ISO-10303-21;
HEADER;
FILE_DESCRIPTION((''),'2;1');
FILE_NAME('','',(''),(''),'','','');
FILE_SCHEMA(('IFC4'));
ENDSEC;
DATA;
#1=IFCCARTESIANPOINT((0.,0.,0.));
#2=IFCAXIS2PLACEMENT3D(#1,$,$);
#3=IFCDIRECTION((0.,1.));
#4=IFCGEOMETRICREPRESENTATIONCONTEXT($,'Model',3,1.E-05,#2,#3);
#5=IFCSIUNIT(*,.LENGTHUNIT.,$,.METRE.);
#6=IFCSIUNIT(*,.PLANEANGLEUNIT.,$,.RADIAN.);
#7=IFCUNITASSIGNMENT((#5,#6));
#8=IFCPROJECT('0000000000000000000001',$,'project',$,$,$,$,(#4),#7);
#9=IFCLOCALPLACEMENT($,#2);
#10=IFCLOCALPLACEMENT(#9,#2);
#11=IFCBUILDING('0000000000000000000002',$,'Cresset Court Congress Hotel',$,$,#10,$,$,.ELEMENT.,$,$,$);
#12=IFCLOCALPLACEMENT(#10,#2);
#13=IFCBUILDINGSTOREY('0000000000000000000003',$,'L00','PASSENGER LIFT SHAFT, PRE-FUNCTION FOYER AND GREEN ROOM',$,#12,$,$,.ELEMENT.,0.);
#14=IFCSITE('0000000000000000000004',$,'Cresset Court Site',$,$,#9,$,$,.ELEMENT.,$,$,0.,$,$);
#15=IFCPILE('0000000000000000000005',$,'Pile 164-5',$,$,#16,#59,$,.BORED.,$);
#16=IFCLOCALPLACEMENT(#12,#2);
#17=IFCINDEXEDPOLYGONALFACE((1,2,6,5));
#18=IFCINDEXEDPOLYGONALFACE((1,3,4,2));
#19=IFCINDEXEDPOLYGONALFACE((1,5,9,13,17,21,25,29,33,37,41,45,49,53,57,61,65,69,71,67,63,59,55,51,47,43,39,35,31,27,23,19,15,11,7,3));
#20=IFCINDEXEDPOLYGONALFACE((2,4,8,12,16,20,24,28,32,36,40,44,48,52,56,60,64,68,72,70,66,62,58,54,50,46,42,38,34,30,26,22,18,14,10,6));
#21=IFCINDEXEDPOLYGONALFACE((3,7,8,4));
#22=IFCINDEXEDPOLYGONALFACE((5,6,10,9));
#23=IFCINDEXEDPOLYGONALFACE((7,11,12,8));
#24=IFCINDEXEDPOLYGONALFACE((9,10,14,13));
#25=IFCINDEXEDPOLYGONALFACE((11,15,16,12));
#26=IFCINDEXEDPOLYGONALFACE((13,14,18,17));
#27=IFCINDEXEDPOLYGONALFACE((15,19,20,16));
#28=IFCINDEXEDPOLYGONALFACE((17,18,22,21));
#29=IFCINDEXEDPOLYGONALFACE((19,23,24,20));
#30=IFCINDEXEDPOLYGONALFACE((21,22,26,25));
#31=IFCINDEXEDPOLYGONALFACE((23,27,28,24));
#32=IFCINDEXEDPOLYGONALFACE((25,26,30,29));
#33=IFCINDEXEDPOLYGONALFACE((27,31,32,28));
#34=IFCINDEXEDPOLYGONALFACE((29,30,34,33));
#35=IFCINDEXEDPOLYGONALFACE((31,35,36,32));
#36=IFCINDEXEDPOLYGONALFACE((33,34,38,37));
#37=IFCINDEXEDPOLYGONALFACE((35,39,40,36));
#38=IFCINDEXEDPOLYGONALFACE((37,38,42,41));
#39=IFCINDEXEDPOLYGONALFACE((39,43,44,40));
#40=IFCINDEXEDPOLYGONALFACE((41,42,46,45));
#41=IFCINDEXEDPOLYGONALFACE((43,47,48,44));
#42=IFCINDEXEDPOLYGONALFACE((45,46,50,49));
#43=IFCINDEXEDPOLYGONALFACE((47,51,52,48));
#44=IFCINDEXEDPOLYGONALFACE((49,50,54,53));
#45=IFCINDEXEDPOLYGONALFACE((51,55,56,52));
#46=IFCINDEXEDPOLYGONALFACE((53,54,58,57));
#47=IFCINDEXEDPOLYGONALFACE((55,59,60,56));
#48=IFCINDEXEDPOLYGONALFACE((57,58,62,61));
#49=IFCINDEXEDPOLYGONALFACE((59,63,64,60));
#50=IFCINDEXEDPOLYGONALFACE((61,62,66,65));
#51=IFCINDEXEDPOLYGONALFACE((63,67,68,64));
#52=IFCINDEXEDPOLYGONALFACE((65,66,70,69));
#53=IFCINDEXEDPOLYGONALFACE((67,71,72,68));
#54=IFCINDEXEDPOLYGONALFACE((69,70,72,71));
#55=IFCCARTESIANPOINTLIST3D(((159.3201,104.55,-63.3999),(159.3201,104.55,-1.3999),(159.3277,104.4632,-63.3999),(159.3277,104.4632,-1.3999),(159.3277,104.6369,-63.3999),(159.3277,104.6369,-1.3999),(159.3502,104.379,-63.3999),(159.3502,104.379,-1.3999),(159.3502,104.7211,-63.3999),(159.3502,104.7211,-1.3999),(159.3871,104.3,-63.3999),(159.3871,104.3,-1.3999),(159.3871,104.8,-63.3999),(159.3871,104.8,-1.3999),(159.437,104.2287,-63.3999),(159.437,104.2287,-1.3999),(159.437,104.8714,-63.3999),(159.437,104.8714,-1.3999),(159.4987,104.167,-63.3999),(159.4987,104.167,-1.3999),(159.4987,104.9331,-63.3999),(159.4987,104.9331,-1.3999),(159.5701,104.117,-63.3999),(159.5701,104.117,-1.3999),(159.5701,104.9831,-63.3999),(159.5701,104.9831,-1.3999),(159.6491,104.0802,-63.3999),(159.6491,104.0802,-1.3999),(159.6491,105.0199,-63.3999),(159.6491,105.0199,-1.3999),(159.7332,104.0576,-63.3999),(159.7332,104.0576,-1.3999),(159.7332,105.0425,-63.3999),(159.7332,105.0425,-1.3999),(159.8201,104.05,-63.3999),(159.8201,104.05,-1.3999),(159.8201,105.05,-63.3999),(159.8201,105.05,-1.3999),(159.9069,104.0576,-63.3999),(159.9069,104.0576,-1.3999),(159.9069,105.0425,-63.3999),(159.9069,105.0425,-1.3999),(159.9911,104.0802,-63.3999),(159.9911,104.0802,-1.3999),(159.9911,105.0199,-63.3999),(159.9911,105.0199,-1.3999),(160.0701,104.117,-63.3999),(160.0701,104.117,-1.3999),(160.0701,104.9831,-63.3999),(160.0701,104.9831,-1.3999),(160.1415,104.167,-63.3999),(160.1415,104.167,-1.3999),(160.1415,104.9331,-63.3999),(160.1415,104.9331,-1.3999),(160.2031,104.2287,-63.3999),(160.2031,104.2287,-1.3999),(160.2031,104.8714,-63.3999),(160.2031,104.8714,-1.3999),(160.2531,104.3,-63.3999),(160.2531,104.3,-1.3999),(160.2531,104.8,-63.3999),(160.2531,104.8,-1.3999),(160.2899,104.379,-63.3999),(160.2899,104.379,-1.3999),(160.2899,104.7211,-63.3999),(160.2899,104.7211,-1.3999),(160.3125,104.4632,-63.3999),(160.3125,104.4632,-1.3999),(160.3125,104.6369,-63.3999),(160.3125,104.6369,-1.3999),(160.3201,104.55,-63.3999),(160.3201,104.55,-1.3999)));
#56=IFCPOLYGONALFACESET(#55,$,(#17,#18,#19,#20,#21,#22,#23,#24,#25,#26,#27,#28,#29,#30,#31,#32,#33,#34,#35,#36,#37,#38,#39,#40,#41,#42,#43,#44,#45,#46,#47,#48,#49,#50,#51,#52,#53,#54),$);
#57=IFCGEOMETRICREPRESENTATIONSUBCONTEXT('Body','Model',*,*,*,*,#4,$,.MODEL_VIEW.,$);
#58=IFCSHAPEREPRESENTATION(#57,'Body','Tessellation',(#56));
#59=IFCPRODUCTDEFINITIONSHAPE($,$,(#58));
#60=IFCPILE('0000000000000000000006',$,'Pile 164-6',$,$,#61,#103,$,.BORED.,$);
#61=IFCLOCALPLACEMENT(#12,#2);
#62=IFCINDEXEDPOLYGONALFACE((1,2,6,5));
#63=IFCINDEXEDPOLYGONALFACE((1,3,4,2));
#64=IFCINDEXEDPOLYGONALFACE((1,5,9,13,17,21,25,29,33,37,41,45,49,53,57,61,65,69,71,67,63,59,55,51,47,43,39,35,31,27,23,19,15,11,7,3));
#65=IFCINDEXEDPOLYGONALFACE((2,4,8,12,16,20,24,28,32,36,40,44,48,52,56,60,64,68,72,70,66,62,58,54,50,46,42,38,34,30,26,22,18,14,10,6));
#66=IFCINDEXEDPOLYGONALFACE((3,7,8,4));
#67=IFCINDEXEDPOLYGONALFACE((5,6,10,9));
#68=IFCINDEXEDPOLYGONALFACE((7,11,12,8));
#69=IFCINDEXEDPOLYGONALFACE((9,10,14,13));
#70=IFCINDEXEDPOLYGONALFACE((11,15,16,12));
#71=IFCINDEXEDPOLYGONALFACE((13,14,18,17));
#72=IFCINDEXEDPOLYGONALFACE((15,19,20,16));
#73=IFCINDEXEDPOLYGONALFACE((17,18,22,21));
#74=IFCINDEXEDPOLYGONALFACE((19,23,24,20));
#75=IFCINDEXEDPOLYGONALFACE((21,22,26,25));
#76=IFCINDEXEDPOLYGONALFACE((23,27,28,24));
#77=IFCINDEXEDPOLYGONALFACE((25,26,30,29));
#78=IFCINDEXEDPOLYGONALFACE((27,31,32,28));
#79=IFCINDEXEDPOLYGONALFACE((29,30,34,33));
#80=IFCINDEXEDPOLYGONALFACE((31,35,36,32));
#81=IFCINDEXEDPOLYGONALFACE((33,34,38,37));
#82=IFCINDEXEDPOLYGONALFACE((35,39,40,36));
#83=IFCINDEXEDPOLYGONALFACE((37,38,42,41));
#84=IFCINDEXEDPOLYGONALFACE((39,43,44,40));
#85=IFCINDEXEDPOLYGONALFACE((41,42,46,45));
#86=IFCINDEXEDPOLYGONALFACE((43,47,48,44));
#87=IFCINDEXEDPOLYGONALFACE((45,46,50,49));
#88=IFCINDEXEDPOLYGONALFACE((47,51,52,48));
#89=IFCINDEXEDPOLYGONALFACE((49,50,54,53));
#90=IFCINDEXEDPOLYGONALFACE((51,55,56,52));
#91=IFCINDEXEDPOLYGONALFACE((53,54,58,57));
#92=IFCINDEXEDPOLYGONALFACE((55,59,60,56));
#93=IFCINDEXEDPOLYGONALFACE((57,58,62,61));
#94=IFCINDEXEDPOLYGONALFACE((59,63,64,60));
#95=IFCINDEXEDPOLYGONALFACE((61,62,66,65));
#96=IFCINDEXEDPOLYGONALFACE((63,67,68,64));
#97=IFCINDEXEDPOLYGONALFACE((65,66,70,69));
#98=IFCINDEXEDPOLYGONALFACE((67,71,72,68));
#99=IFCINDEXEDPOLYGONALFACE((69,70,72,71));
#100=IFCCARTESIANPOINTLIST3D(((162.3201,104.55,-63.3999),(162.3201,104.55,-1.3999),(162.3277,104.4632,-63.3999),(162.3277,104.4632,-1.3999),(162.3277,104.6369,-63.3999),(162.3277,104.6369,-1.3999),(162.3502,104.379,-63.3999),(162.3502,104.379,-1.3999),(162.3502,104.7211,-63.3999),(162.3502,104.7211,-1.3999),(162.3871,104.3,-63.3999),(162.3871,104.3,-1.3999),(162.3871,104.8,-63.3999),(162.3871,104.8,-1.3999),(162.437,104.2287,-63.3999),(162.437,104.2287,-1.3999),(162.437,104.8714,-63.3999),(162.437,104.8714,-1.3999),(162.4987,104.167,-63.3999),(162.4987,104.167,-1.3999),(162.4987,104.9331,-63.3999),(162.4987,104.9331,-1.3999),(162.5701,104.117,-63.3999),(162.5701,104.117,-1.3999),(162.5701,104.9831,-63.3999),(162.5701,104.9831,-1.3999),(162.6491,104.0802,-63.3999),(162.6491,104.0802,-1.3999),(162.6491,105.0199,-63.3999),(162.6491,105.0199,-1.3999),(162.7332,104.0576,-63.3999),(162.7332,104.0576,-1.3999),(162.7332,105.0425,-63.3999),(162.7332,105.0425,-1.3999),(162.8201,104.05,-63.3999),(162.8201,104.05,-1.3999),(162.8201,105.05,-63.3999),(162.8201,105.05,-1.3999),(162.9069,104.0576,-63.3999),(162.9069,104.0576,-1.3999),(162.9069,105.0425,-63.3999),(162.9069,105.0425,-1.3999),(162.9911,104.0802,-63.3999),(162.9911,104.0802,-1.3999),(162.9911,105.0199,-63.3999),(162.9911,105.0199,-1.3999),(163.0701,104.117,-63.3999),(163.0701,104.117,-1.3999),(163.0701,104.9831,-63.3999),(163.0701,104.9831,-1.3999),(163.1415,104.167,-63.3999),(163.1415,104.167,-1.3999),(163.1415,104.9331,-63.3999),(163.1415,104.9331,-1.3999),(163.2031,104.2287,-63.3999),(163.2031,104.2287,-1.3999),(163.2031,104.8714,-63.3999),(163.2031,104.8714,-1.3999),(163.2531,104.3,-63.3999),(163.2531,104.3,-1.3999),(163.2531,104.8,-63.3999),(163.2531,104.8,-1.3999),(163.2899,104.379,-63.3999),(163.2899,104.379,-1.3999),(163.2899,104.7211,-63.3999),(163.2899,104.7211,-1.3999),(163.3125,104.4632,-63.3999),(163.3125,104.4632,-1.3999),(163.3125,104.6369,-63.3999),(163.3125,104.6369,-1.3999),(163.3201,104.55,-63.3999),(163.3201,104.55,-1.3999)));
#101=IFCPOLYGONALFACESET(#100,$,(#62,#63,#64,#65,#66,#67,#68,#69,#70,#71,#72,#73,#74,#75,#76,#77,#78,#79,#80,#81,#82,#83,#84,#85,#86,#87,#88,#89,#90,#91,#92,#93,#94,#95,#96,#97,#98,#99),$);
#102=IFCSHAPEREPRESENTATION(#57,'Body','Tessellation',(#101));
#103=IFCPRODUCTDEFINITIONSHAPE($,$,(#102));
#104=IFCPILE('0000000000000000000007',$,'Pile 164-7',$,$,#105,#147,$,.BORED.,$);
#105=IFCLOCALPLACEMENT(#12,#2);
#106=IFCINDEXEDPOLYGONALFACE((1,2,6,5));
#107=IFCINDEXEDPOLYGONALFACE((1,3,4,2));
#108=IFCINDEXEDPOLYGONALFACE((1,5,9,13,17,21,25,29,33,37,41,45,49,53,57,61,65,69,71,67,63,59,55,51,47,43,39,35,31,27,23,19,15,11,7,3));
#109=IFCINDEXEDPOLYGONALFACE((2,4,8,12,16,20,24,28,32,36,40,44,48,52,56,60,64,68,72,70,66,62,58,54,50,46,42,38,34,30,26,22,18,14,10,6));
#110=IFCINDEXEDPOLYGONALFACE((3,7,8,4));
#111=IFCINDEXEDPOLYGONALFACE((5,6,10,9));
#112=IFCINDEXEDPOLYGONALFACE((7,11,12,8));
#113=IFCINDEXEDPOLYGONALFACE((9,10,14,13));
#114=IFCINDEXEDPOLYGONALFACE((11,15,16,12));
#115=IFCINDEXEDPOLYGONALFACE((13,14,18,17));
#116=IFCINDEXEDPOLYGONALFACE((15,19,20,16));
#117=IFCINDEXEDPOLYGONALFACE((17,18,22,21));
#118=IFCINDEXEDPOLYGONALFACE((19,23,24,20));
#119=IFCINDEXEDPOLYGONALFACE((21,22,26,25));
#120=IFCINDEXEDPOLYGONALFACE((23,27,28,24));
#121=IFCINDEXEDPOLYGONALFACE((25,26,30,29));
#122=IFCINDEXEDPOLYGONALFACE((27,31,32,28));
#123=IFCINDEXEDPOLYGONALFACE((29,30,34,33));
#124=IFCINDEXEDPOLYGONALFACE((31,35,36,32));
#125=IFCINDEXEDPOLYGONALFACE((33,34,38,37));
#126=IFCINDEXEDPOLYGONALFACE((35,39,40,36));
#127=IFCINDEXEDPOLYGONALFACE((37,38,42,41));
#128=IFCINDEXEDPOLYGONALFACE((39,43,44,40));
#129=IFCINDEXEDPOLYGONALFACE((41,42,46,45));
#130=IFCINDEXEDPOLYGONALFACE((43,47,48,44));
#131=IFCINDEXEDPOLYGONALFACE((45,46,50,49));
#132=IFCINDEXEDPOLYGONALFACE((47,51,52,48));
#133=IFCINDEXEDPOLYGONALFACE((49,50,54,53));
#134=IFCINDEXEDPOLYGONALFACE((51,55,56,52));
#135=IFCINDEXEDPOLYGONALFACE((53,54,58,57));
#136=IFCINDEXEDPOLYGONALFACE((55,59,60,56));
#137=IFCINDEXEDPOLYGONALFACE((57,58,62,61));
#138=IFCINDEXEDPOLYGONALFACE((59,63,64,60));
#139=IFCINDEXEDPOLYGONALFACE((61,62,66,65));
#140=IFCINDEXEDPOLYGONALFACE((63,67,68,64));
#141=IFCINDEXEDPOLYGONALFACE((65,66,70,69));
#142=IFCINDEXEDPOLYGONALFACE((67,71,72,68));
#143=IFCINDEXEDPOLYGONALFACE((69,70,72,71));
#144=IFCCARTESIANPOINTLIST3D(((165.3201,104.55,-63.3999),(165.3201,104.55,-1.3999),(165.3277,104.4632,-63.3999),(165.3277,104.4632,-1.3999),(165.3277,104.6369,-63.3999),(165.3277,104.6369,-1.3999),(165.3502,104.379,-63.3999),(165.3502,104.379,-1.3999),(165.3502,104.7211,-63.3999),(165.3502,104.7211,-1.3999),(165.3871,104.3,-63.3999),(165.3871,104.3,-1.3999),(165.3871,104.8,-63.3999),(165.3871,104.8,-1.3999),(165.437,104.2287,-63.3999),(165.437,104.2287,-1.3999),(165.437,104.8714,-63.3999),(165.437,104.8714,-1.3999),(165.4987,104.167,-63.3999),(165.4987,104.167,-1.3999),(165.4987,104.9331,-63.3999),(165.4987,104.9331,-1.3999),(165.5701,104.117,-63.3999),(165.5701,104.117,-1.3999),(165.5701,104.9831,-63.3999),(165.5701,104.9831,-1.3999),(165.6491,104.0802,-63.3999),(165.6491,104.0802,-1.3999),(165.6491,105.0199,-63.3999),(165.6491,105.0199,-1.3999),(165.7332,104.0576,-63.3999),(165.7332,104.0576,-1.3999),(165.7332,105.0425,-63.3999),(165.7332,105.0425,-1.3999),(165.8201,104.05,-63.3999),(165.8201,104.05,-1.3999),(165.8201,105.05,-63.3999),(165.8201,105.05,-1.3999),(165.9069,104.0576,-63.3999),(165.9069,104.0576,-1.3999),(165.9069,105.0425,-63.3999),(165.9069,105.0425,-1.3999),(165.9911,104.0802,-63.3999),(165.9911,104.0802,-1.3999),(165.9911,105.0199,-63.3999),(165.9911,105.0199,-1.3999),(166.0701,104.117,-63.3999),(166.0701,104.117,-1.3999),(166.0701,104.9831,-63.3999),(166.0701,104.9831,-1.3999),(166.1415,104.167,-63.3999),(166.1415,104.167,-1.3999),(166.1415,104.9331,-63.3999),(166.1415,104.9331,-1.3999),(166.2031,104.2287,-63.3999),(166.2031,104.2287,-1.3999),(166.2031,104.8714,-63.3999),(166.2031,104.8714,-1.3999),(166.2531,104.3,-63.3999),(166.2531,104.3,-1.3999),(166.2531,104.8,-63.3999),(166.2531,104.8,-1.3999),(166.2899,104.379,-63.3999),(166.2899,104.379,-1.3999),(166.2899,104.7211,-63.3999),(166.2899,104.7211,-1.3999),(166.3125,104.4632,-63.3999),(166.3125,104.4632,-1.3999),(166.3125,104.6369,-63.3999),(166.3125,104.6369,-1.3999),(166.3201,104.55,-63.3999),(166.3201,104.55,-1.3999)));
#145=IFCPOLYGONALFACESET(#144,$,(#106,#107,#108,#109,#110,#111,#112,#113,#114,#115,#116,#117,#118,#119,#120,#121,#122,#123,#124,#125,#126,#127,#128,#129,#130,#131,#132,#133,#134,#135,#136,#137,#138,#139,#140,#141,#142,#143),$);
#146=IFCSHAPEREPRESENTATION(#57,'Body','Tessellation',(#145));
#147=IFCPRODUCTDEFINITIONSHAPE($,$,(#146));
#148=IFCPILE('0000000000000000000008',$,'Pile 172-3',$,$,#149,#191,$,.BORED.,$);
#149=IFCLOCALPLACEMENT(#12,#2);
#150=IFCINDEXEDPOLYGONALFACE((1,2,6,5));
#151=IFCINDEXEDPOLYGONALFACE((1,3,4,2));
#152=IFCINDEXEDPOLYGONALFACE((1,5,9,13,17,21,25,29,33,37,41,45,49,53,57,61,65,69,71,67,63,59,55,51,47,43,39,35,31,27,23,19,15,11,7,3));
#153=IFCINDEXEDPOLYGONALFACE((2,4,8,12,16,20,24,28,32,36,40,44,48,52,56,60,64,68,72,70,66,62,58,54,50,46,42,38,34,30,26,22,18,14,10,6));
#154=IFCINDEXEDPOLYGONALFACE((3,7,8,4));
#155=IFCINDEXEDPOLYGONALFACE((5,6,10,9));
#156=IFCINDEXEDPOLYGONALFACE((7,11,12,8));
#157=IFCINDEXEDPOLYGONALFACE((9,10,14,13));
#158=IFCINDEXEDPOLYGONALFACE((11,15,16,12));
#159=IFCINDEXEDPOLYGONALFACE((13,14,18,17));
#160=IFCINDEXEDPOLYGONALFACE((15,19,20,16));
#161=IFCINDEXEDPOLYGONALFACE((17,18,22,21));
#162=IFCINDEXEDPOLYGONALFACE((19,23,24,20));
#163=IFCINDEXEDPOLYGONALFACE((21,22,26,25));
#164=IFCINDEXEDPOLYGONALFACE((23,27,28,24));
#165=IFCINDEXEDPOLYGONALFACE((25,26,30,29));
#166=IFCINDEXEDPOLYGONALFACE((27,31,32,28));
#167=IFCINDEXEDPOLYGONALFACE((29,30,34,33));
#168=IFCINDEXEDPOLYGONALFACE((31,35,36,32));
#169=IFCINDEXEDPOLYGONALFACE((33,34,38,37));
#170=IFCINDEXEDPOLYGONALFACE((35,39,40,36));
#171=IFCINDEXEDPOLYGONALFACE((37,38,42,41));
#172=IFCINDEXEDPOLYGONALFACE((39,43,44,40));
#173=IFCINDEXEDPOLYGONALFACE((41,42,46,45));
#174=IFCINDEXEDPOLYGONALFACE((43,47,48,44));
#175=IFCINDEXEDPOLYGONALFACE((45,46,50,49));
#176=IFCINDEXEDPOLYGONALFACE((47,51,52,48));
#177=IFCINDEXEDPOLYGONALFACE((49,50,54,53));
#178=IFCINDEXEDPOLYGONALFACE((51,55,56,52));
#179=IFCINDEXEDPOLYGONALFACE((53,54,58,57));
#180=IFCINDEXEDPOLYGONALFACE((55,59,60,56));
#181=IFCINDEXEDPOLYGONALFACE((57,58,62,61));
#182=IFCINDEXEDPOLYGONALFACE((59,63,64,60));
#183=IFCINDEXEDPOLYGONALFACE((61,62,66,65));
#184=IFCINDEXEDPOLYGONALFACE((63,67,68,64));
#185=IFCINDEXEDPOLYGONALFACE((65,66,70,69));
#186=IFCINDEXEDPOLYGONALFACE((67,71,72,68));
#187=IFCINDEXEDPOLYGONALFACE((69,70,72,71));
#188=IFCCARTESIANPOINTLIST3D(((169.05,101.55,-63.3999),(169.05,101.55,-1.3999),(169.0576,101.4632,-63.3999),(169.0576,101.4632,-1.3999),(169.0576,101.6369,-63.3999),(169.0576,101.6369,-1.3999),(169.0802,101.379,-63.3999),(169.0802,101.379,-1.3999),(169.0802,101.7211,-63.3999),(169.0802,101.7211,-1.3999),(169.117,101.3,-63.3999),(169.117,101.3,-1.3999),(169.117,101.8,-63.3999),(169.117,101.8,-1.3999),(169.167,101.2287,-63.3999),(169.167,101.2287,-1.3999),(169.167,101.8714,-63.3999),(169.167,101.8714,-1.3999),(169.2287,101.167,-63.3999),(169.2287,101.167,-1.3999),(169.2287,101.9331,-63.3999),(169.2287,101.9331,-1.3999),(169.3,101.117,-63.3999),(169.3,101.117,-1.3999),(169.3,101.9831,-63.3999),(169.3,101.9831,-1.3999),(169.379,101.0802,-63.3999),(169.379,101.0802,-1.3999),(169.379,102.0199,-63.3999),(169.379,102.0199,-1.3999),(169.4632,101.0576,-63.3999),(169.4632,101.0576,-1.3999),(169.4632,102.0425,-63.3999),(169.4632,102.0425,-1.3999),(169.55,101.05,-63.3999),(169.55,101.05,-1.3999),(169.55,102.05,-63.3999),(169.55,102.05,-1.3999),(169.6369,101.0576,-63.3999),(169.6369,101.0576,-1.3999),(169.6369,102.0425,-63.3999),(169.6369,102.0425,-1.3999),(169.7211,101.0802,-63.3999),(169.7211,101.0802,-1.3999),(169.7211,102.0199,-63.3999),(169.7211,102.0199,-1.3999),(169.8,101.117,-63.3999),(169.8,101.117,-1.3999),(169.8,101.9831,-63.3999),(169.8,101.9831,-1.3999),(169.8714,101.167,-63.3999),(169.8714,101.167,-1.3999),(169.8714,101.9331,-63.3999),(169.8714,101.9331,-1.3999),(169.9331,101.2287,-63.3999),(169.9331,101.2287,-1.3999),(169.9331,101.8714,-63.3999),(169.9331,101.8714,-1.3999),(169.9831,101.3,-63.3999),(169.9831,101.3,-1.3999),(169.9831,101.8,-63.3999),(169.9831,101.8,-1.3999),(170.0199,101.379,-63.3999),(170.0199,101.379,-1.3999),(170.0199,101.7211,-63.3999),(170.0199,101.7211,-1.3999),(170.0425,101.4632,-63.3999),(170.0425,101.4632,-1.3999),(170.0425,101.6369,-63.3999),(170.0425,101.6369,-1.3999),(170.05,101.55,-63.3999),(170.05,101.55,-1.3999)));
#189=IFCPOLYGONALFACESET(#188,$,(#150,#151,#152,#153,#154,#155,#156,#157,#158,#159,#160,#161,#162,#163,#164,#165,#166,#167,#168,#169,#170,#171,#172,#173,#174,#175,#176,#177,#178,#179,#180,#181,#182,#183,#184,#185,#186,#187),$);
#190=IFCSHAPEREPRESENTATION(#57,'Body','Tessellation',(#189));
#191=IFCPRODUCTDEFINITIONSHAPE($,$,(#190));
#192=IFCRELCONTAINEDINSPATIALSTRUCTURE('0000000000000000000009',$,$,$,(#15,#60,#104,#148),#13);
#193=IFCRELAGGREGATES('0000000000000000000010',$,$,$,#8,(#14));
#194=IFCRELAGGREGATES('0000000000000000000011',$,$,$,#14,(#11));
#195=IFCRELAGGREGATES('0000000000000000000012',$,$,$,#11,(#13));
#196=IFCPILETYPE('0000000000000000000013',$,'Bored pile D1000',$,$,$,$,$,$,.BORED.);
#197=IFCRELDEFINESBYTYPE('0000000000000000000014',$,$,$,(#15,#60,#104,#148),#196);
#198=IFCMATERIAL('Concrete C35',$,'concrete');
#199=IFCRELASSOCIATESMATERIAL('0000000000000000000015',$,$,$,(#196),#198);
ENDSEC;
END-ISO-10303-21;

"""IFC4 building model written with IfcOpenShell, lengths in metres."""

from ifc_helpers import new_model, si_unit, direction, frame, origin, origin_2d, place, context, subcontext, project, spatial, circle, extrude, material, type_object, element, save


model = new_model("IFC4")

# Units and contexts
model_context = context("Model", 3, precision=1e-05, world=origin(), true_north=direction((0.0, 1.0)))
body_context = subcontext(model_context, "Body", "Model", "MODEL_VIEW")
ifc_project = project(units=[si_unit("LENGTHUNIT", "METRE"), si_unit("PLANEANGLEUNIT", "RADIAN")], contexts=[model_context])

# Site, building, storey
site_placement = place(None, origin())
site = spatial("IfcSite", under=ifc_project, at=site_placement, Name="Cresset Court Site", CompositionType="ELEMENT", RefElevation=0.0)
building_placement = place(site_placement, origin())
building = spatial("IfcBuilding", under=site, at=building_placement, Name="Cresset Court Congress Hotel", CompositionType="ELEMENT")
storey_placement = place(building_placement, origin())
storey = spatial("IfcBuildingStorey", under=building, at=storey_placement, Name="L00", Description="PASSENGER LIFT SHAFT, PRE-FUNCTION FOYER AND GREEN ROOM", CompositionType="ELEMENT", Elevation=0.0)

# Piles
ifc_material_1 = material(Name="Concrete C35", Category="concrete")
pile_type = type_object("IfcPileType", Name="Bored pile D1000", PredefinedType="BORED", material=ifc_material_1)
for number, where, z_axis, x_axis, name in (
    (1, (159.8201, 104.55, -1.3999), (0.0, 0.0, -1.0), (1.0, 0.0, 0.0), "Pile 164-5"),
    (2, (162.8201, 104.55, -1.3999), (0.0, 0.0, -1.0), (1.0, 0.0, 0.0), "Pile 164-6"),
    (3, (165.8201, 104.55, -1.3999), (0.0, 0.0, -1.0), (1.0, 0.0, 0.0), "Pile 164-7"),
    (4, (169.55, 101.55, -1.3999), (0.0, 0.0, -1.0), (1.0, 0.0, 0.0), "Pile 172-3"),
):
    element("IfcPile", number, at=place(storey_placement, frame(where, z_axis=z_axis, x_axis=x_axis)), inside=storey, type_object=pile_type, Name=name, PredefinedType="BORED", context=body_context, shape_type="SweptSolid", body=[
        extrude(circle(Radius=0.5, at=origin_2d()), origin(), (0.0, 0.0, 1.0), 62.0),
    ])

save(model, "model.ifc")
